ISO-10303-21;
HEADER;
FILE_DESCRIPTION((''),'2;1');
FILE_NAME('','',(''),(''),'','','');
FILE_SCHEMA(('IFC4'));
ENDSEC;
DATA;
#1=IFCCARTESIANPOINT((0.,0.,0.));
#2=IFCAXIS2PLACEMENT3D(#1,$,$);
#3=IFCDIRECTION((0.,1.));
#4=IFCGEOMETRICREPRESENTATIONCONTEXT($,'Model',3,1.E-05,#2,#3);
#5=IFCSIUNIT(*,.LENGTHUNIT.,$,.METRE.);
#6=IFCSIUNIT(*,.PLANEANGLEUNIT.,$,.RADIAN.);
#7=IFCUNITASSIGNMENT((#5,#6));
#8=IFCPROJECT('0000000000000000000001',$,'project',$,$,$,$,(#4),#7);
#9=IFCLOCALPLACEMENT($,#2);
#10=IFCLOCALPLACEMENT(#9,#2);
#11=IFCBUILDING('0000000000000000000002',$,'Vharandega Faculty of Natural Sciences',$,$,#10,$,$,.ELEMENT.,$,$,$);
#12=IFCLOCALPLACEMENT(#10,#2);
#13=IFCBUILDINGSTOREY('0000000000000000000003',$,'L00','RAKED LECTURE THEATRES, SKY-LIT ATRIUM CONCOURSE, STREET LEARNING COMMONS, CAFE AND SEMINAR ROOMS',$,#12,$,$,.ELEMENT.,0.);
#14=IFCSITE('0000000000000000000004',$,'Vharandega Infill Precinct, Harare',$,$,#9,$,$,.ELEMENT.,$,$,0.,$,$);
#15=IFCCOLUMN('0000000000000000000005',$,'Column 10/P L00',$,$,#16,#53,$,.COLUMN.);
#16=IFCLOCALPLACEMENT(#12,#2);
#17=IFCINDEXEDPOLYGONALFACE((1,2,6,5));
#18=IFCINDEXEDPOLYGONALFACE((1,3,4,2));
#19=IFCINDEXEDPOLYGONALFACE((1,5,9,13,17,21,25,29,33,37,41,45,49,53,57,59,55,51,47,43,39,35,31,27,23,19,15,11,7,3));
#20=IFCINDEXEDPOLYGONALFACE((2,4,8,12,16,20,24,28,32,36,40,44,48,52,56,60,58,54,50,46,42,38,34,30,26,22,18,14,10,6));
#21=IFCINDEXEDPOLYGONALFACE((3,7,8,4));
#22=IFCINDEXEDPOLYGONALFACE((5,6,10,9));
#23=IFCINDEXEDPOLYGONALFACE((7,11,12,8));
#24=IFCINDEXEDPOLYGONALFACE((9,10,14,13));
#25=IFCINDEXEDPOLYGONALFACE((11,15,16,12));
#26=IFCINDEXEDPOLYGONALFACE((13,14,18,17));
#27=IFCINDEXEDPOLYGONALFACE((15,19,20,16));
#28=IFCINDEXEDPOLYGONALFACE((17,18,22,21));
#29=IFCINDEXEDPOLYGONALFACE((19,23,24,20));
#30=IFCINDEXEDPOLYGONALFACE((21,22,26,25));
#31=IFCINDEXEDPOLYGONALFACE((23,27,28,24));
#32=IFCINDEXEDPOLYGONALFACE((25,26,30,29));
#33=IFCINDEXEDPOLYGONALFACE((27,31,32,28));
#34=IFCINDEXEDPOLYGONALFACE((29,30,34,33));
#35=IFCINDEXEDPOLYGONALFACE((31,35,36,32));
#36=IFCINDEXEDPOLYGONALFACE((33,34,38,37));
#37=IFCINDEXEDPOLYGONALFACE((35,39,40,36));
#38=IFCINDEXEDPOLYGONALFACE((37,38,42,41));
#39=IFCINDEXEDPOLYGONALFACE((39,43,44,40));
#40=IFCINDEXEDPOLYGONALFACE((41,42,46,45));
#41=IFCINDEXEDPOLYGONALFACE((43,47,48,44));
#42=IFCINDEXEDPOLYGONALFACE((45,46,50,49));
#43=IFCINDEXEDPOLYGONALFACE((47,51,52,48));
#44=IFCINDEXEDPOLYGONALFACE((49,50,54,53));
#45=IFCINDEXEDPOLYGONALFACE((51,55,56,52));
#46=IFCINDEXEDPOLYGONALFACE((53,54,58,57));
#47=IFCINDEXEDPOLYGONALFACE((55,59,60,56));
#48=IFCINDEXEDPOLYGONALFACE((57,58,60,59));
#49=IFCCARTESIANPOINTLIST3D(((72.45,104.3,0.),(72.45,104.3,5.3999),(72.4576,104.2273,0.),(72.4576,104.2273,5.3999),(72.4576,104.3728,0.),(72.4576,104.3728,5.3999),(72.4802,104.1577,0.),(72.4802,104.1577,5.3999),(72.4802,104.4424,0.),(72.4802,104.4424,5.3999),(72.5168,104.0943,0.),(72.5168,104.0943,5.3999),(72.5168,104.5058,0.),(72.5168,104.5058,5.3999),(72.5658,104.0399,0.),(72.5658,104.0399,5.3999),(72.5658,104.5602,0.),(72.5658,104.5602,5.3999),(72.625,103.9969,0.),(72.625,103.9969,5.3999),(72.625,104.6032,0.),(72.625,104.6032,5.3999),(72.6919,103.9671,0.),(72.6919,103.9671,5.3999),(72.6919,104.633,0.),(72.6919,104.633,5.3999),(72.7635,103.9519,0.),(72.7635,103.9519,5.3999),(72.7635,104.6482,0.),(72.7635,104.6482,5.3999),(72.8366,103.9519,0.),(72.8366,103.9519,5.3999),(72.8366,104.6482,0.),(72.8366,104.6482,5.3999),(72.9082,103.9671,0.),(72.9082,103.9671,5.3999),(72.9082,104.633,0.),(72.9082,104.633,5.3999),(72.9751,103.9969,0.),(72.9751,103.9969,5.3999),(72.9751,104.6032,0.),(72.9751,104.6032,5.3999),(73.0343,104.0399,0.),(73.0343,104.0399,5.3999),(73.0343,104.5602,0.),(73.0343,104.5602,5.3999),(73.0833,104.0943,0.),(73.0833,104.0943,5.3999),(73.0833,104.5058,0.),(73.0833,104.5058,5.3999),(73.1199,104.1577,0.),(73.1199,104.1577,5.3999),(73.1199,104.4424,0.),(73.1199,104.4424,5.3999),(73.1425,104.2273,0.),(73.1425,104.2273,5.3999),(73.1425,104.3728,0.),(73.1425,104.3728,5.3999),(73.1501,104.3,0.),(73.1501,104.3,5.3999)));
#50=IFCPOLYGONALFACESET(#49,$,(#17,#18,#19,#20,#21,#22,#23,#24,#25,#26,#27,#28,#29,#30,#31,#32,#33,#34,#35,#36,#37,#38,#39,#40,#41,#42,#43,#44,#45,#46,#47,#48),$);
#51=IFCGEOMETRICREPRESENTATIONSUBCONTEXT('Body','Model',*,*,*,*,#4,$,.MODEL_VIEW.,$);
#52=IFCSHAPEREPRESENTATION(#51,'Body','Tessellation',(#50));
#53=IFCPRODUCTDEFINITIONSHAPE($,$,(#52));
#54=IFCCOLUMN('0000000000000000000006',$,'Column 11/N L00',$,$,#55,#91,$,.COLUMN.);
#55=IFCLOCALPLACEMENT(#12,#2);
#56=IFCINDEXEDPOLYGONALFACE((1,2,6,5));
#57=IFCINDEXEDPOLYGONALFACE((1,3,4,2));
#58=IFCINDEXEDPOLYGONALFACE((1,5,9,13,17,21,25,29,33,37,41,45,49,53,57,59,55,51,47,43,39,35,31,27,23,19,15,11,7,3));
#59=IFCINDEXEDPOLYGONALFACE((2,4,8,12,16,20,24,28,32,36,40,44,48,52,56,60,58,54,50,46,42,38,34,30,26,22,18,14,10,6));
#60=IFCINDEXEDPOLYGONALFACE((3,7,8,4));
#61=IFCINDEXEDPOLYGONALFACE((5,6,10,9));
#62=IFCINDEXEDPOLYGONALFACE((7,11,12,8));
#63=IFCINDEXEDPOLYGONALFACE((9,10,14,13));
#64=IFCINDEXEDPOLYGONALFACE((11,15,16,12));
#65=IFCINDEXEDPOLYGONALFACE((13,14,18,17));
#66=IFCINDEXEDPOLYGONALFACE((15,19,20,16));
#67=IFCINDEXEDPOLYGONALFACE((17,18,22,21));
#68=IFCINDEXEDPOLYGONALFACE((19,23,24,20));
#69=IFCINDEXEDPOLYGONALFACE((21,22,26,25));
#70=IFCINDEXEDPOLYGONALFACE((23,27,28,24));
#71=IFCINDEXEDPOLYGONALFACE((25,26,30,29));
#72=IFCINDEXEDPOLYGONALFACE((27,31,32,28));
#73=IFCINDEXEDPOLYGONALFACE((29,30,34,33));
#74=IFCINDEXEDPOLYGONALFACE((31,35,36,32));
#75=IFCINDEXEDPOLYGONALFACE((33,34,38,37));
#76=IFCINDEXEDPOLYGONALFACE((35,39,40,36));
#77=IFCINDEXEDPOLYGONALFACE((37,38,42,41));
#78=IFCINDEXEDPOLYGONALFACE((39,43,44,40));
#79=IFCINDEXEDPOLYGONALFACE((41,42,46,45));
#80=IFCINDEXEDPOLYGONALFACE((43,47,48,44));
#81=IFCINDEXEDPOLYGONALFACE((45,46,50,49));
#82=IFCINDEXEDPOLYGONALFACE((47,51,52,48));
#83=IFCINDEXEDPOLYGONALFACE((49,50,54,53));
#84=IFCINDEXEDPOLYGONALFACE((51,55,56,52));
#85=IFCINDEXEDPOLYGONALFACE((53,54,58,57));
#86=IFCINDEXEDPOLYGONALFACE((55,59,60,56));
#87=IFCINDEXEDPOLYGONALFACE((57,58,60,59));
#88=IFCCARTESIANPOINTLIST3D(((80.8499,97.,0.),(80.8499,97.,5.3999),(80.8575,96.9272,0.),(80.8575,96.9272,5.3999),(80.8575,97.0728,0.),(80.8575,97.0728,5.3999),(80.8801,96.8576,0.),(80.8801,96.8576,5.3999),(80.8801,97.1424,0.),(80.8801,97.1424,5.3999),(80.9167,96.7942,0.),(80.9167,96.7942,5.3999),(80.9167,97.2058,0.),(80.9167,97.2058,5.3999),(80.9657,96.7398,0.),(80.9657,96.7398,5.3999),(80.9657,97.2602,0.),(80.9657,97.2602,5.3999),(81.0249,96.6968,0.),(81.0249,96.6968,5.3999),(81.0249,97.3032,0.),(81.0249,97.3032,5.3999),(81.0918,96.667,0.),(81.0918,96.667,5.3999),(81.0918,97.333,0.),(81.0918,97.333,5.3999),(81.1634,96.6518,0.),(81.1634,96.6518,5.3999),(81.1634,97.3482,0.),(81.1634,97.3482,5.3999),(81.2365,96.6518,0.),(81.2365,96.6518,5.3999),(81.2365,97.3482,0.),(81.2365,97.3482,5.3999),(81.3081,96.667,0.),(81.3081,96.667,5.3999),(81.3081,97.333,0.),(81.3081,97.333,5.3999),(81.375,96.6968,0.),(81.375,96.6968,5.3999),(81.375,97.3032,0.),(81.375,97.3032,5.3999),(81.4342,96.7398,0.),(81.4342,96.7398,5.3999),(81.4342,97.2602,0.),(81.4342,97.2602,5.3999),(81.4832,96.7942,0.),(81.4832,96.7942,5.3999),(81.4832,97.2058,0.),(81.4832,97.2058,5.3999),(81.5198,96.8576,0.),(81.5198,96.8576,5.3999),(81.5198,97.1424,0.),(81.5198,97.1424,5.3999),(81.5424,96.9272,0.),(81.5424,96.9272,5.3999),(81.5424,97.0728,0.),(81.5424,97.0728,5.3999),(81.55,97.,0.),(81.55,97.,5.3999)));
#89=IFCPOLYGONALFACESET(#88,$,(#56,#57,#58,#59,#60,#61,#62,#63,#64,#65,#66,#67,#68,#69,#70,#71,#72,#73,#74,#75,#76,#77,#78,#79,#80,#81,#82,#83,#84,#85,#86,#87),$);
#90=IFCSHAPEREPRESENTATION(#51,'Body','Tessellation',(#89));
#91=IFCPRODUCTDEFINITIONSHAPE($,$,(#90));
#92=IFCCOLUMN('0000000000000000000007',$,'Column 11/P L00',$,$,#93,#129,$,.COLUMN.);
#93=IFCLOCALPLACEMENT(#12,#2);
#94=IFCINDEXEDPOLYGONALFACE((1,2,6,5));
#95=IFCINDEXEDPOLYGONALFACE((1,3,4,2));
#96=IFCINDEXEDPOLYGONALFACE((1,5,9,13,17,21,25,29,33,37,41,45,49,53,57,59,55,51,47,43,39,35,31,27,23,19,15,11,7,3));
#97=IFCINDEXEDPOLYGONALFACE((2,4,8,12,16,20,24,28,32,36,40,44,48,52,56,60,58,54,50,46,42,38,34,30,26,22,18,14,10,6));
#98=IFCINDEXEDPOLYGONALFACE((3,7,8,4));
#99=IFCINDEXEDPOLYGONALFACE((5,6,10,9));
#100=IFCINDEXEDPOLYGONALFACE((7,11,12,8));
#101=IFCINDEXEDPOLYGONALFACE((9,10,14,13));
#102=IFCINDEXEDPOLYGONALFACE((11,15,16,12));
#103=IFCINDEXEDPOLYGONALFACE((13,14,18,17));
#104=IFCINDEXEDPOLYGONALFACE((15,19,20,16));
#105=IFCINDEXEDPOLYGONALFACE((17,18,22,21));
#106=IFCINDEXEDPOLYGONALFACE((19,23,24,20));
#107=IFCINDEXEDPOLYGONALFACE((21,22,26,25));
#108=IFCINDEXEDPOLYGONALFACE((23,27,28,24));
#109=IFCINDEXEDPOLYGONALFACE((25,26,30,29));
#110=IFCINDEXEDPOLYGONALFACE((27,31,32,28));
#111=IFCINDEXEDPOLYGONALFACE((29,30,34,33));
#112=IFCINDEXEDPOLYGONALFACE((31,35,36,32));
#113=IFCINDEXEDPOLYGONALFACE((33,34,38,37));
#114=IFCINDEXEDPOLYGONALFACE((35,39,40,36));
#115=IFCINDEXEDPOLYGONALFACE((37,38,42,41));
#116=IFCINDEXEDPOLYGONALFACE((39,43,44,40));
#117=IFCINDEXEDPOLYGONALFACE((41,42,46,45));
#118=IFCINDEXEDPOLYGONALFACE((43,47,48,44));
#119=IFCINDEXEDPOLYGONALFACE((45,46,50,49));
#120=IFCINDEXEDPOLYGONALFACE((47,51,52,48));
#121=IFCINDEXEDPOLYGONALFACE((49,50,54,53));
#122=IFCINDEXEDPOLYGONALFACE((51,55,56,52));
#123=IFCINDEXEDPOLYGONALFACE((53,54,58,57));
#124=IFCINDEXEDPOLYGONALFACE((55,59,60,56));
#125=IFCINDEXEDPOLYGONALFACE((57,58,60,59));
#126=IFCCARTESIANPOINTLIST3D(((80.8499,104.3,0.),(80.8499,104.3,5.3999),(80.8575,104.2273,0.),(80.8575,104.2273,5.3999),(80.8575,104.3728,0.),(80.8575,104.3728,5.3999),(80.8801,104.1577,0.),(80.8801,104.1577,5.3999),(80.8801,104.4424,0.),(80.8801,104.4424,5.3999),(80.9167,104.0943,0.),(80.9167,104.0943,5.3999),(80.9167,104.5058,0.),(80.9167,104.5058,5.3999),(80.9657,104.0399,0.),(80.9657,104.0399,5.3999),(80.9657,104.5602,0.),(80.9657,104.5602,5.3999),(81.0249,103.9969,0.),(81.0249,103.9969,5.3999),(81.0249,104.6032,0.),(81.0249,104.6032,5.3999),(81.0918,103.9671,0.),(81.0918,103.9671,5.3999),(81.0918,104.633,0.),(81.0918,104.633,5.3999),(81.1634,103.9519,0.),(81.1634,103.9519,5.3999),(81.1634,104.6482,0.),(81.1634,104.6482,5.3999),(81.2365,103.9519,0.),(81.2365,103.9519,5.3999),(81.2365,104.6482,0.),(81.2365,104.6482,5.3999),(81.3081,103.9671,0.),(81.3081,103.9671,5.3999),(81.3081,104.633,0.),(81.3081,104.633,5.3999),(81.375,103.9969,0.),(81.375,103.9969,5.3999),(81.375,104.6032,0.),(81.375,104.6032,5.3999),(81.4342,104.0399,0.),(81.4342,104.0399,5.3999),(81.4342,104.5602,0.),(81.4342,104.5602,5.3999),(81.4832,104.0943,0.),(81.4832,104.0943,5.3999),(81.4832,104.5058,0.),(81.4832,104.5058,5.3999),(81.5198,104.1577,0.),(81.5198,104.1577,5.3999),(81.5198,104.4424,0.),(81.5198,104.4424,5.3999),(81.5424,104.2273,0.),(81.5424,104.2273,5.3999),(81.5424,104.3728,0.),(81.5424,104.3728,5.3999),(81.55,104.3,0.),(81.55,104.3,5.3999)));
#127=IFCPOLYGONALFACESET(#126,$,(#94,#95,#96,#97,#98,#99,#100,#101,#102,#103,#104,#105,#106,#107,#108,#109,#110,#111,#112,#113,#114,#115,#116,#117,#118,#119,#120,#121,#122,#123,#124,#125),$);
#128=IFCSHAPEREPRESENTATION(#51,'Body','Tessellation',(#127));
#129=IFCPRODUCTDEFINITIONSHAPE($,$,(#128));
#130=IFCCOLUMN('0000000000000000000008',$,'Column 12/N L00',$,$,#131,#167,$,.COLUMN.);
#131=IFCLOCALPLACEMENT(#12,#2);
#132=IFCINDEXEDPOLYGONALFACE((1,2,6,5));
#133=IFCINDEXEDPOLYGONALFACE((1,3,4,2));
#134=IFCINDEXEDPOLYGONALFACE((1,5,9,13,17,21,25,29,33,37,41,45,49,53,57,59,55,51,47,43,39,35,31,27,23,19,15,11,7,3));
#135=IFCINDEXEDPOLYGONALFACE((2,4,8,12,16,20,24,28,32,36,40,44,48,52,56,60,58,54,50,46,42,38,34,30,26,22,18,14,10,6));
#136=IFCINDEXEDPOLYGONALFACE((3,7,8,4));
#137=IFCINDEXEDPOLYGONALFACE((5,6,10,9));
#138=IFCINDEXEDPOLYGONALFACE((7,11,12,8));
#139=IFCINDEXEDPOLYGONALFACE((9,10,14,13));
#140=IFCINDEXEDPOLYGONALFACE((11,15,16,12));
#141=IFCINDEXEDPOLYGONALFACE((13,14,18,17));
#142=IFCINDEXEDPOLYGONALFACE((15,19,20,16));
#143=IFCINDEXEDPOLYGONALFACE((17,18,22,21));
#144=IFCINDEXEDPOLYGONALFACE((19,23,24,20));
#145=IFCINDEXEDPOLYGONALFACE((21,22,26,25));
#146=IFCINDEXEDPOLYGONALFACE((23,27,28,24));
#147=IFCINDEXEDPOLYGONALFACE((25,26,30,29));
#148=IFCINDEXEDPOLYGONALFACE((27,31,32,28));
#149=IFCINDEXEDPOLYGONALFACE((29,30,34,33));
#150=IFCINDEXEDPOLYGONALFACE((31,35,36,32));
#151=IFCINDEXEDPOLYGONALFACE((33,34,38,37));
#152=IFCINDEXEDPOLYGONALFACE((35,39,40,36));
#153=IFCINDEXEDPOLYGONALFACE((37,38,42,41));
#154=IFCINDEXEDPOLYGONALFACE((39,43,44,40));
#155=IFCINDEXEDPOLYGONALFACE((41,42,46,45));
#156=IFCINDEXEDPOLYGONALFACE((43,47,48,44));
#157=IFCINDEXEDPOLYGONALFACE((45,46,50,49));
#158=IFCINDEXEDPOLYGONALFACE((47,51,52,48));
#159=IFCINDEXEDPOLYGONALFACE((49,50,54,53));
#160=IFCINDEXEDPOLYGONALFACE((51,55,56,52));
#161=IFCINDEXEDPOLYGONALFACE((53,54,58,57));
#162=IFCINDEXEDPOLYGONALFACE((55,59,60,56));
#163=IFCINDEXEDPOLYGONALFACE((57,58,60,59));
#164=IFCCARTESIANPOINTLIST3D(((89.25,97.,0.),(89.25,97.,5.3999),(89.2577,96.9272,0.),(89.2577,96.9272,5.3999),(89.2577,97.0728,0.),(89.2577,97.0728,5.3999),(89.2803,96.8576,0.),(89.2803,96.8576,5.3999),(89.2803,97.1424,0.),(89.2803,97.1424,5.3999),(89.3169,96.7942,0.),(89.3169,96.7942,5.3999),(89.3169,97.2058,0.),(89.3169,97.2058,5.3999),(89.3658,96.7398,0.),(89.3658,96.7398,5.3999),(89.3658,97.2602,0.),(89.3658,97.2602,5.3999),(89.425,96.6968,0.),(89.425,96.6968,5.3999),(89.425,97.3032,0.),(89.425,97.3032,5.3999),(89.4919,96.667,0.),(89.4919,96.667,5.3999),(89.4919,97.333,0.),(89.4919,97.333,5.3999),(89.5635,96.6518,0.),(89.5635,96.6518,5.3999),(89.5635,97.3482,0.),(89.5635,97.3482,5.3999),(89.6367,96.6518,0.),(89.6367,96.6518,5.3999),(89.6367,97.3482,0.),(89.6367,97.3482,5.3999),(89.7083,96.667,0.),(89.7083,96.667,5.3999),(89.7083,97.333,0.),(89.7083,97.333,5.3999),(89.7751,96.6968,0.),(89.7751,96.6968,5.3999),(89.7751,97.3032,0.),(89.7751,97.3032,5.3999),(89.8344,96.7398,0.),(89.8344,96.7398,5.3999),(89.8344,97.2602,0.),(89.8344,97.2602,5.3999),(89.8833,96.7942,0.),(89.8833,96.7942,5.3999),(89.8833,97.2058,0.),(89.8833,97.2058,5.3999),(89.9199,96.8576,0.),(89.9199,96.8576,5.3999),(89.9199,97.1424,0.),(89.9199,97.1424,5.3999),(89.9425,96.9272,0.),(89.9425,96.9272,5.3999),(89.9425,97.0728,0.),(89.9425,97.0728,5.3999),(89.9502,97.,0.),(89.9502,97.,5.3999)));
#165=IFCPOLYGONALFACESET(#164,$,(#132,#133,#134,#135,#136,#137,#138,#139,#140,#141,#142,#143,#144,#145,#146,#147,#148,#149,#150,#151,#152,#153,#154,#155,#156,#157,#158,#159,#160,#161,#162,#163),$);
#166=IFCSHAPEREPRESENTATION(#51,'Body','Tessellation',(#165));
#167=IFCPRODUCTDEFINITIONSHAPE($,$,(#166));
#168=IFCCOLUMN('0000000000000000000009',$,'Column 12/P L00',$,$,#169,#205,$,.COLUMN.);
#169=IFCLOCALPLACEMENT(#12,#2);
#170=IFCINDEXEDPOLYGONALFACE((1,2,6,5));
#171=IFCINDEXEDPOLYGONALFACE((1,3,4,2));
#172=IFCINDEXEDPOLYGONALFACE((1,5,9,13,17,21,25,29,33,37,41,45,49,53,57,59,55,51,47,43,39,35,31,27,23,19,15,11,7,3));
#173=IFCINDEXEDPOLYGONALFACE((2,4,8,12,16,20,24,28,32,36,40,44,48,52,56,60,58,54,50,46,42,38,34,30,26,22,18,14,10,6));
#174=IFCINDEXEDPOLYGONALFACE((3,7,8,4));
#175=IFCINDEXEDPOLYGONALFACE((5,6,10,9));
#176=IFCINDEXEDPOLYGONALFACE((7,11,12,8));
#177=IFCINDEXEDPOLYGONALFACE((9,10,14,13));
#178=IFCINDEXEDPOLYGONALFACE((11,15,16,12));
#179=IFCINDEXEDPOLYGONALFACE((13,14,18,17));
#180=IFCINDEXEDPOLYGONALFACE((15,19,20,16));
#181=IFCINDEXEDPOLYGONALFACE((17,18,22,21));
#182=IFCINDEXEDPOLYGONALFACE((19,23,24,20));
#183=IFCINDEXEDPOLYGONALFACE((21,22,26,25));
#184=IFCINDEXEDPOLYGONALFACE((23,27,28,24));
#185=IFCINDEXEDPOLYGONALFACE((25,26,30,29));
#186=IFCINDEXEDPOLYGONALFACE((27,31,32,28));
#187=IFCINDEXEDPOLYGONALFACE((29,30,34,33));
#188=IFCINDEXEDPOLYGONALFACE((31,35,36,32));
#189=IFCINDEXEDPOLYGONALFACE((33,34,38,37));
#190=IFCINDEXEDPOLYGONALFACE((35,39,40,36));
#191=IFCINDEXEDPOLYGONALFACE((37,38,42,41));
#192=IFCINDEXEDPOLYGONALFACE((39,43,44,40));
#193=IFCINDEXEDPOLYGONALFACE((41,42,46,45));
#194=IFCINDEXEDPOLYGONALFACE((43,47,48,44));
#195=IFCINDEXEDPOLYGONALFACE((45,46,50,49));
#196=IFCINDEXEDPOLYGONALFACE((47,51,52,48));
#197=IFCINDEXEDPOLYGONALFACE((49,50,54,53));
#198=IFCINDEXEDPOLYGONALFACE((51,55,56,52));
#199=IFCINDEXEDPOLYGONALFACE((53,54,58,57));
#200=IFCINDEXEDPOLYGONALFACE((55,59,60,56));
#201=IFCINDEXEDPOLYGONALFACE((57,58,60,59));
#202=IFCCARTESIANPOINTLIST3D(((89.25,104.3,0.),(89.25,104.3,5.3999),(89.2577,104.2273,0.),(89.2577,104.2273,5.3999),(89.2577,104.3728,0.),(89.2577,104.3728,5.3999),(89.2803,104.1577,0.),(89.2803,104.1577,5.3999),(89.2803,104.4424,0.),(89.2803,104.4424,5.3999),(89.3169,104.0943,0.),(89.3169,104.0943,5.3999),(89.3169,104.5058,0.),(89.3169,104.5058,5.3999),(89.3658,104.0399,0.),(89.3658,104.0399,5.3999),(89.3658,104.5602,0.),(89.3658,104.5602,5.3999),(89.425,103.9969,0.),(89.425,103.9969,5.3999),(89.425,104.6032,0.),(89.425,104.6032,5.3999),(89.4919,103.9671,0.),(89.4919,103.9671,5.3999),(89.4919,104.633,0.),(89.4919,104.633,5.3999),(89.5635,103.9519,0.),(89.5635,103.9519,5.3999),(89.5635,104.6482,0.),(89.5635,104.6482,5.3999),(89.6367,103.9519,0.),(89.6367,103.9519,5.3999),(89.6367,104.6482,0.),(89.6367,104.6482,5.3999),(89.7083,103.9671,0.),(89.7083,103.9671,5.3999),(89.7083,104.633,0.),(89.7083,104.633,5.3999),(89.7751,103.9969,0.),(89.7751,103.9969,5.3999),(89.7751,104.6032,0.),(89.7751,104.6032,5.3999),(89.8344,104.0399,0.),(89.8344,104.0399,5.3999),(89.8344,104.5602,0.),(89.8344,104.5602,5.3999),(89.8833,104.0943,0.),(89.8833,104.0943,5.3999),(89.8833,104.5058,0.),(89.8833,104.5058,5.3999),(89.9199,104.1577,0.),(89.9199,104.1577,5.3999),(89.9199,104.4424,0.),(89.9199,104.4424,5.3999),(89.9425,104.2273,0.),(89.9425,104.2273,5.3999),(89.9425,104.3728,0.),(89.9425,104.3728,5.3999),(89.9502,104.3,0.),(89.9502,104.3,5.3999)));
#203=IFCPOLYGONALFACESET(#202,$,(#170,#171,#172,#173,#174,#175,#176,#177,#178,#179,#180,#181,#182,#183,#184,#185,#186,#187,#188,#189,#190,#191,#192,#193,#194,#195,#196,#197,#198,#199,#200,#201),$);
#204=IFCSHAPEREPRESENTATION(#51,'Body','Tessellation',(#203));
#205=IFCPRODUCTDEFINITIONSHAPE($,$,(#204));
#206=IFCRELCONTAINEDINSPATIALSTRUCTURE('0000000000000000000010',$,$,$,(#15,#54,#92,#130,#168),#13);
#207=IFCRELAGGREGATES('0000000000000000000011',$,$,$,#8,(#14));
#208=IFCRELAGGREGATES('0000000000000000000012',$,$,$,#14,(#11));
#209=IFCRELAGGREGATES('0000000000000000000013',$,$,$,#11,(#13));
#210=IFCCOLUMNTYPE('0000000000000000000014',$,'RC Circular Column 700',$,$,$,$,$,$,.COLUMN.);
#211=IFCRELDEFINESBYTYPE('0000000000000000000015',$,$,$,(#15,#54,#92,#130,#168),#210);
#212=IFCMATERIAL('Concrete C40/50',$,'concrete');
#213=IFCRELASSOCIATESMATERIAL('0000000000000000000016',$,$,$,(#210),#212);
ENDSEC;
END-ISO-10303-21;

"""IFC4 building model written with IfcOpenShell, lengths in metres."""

from ifc_helpers import new_model, si_unit, direction, frame, origin, origin_2d, place, context, subcontext, project, spatial, circle, extrude, material, material_profile, profile_set, type_object, element, save


model = new_model("IFC4")

# Units and contexts
model_context = context("Model", 3, precision=1e-05, world=origin(), true_north=direction((0.0, 1.0)))
body_context = subcontext(model_context, "Body", "Model", "MODEL_VIEW")
ifc_project = project(units=[si_unit("LENGTHUNIT", "METRE"), si_unit("PLANEANGLEUNIT", "RADIAN")], contexts=[model_context])

# Site, building, storey
site_placement = place(None, origin())
site = spatial("IfcSite", under=ifc_project, at=site_placement, Name="Vharandega Infill Precinct, Harare", CompositionType="ELEMENT", RefElevation=0.0)
building_placement = place(site_placement, origin())
building = spatial("IfcBuilding", under=site, at=building_placement, Name="Vharandega Faculty of Natural Sciences", CompositionType="ELEMENT")
storey_placement = place(building_placement, origin())
storey = spatial("IfcBuildingStorey", under=building, at=storey_placement, Name="L00", Description="RAKED LECTURE THEATRES, SKY-LIT ATRIUM CONCOURSE, STREET LEARNING COMMONS, CAFE AND SEMINAR ROOMS", CompositionType="ELEMENT", Elevation=0.0)

# Columns
ifc_material_1 = material(Name="Concrete C40/50", Category="concrete")
ifc_material_profile_1 = material_profile(ifc_material_1, circle(Radius=0.3501, at=origin_2d()), Name="RC-CIRC 700")
ifc_profile_set_1 = profile_set([ifc_material_profile_1], Name="Concrete C40/50")
column_type_1 = type_object("IfcColumnType", Name="RC Circular Column 700", PredefinedType="COLUMN", material=ifc_profile_set_1)
for number, where, z_axis, x_axis, name in (
    (1, (72.8, 104.3, 0.0), (0.0, 0.0, 1.0), (1.0, 0.0, 0.0), "Column 10/P L00"),
    (2, (81.2, 97.0, 0.0), (0.0, 0.0, 1.0), (1.0, 0.0, 0.0), "Column 11/N L00"),
    (3, (81.2, 104.3, 0.0), (0.0, 0.0, 1.0), (1.0, 0.0, 0.0), "Column 11/P L00"),
    (4, (89.6001, 97.0, 0.0), (0.0, 0.0, 1.0), (1.0, 0.0, 0.0), "Column 12/N L00"),
    (5, (89.6001, 104.3, 0.0), (0.0, 0.0, 1.0), (1.0, 0.0, 0.0), "Column 12/P L00"),
):
    element("IfcColumn", number, at=place(storey_placement, frame(where, z_axis=z_axis, x_axis=x_axis)), inside=storey, type_object=column_type_1, Name=name, PredefinedType="COLUMN", context=body_context, shape_type="SweptSolid", body=[
        extrude(circle(Radius=0.3501, at=origin_2d()), origin(), (0.0, 0.0, 1.0), 5.3999),
    ])

save(model, "model.ifc")
